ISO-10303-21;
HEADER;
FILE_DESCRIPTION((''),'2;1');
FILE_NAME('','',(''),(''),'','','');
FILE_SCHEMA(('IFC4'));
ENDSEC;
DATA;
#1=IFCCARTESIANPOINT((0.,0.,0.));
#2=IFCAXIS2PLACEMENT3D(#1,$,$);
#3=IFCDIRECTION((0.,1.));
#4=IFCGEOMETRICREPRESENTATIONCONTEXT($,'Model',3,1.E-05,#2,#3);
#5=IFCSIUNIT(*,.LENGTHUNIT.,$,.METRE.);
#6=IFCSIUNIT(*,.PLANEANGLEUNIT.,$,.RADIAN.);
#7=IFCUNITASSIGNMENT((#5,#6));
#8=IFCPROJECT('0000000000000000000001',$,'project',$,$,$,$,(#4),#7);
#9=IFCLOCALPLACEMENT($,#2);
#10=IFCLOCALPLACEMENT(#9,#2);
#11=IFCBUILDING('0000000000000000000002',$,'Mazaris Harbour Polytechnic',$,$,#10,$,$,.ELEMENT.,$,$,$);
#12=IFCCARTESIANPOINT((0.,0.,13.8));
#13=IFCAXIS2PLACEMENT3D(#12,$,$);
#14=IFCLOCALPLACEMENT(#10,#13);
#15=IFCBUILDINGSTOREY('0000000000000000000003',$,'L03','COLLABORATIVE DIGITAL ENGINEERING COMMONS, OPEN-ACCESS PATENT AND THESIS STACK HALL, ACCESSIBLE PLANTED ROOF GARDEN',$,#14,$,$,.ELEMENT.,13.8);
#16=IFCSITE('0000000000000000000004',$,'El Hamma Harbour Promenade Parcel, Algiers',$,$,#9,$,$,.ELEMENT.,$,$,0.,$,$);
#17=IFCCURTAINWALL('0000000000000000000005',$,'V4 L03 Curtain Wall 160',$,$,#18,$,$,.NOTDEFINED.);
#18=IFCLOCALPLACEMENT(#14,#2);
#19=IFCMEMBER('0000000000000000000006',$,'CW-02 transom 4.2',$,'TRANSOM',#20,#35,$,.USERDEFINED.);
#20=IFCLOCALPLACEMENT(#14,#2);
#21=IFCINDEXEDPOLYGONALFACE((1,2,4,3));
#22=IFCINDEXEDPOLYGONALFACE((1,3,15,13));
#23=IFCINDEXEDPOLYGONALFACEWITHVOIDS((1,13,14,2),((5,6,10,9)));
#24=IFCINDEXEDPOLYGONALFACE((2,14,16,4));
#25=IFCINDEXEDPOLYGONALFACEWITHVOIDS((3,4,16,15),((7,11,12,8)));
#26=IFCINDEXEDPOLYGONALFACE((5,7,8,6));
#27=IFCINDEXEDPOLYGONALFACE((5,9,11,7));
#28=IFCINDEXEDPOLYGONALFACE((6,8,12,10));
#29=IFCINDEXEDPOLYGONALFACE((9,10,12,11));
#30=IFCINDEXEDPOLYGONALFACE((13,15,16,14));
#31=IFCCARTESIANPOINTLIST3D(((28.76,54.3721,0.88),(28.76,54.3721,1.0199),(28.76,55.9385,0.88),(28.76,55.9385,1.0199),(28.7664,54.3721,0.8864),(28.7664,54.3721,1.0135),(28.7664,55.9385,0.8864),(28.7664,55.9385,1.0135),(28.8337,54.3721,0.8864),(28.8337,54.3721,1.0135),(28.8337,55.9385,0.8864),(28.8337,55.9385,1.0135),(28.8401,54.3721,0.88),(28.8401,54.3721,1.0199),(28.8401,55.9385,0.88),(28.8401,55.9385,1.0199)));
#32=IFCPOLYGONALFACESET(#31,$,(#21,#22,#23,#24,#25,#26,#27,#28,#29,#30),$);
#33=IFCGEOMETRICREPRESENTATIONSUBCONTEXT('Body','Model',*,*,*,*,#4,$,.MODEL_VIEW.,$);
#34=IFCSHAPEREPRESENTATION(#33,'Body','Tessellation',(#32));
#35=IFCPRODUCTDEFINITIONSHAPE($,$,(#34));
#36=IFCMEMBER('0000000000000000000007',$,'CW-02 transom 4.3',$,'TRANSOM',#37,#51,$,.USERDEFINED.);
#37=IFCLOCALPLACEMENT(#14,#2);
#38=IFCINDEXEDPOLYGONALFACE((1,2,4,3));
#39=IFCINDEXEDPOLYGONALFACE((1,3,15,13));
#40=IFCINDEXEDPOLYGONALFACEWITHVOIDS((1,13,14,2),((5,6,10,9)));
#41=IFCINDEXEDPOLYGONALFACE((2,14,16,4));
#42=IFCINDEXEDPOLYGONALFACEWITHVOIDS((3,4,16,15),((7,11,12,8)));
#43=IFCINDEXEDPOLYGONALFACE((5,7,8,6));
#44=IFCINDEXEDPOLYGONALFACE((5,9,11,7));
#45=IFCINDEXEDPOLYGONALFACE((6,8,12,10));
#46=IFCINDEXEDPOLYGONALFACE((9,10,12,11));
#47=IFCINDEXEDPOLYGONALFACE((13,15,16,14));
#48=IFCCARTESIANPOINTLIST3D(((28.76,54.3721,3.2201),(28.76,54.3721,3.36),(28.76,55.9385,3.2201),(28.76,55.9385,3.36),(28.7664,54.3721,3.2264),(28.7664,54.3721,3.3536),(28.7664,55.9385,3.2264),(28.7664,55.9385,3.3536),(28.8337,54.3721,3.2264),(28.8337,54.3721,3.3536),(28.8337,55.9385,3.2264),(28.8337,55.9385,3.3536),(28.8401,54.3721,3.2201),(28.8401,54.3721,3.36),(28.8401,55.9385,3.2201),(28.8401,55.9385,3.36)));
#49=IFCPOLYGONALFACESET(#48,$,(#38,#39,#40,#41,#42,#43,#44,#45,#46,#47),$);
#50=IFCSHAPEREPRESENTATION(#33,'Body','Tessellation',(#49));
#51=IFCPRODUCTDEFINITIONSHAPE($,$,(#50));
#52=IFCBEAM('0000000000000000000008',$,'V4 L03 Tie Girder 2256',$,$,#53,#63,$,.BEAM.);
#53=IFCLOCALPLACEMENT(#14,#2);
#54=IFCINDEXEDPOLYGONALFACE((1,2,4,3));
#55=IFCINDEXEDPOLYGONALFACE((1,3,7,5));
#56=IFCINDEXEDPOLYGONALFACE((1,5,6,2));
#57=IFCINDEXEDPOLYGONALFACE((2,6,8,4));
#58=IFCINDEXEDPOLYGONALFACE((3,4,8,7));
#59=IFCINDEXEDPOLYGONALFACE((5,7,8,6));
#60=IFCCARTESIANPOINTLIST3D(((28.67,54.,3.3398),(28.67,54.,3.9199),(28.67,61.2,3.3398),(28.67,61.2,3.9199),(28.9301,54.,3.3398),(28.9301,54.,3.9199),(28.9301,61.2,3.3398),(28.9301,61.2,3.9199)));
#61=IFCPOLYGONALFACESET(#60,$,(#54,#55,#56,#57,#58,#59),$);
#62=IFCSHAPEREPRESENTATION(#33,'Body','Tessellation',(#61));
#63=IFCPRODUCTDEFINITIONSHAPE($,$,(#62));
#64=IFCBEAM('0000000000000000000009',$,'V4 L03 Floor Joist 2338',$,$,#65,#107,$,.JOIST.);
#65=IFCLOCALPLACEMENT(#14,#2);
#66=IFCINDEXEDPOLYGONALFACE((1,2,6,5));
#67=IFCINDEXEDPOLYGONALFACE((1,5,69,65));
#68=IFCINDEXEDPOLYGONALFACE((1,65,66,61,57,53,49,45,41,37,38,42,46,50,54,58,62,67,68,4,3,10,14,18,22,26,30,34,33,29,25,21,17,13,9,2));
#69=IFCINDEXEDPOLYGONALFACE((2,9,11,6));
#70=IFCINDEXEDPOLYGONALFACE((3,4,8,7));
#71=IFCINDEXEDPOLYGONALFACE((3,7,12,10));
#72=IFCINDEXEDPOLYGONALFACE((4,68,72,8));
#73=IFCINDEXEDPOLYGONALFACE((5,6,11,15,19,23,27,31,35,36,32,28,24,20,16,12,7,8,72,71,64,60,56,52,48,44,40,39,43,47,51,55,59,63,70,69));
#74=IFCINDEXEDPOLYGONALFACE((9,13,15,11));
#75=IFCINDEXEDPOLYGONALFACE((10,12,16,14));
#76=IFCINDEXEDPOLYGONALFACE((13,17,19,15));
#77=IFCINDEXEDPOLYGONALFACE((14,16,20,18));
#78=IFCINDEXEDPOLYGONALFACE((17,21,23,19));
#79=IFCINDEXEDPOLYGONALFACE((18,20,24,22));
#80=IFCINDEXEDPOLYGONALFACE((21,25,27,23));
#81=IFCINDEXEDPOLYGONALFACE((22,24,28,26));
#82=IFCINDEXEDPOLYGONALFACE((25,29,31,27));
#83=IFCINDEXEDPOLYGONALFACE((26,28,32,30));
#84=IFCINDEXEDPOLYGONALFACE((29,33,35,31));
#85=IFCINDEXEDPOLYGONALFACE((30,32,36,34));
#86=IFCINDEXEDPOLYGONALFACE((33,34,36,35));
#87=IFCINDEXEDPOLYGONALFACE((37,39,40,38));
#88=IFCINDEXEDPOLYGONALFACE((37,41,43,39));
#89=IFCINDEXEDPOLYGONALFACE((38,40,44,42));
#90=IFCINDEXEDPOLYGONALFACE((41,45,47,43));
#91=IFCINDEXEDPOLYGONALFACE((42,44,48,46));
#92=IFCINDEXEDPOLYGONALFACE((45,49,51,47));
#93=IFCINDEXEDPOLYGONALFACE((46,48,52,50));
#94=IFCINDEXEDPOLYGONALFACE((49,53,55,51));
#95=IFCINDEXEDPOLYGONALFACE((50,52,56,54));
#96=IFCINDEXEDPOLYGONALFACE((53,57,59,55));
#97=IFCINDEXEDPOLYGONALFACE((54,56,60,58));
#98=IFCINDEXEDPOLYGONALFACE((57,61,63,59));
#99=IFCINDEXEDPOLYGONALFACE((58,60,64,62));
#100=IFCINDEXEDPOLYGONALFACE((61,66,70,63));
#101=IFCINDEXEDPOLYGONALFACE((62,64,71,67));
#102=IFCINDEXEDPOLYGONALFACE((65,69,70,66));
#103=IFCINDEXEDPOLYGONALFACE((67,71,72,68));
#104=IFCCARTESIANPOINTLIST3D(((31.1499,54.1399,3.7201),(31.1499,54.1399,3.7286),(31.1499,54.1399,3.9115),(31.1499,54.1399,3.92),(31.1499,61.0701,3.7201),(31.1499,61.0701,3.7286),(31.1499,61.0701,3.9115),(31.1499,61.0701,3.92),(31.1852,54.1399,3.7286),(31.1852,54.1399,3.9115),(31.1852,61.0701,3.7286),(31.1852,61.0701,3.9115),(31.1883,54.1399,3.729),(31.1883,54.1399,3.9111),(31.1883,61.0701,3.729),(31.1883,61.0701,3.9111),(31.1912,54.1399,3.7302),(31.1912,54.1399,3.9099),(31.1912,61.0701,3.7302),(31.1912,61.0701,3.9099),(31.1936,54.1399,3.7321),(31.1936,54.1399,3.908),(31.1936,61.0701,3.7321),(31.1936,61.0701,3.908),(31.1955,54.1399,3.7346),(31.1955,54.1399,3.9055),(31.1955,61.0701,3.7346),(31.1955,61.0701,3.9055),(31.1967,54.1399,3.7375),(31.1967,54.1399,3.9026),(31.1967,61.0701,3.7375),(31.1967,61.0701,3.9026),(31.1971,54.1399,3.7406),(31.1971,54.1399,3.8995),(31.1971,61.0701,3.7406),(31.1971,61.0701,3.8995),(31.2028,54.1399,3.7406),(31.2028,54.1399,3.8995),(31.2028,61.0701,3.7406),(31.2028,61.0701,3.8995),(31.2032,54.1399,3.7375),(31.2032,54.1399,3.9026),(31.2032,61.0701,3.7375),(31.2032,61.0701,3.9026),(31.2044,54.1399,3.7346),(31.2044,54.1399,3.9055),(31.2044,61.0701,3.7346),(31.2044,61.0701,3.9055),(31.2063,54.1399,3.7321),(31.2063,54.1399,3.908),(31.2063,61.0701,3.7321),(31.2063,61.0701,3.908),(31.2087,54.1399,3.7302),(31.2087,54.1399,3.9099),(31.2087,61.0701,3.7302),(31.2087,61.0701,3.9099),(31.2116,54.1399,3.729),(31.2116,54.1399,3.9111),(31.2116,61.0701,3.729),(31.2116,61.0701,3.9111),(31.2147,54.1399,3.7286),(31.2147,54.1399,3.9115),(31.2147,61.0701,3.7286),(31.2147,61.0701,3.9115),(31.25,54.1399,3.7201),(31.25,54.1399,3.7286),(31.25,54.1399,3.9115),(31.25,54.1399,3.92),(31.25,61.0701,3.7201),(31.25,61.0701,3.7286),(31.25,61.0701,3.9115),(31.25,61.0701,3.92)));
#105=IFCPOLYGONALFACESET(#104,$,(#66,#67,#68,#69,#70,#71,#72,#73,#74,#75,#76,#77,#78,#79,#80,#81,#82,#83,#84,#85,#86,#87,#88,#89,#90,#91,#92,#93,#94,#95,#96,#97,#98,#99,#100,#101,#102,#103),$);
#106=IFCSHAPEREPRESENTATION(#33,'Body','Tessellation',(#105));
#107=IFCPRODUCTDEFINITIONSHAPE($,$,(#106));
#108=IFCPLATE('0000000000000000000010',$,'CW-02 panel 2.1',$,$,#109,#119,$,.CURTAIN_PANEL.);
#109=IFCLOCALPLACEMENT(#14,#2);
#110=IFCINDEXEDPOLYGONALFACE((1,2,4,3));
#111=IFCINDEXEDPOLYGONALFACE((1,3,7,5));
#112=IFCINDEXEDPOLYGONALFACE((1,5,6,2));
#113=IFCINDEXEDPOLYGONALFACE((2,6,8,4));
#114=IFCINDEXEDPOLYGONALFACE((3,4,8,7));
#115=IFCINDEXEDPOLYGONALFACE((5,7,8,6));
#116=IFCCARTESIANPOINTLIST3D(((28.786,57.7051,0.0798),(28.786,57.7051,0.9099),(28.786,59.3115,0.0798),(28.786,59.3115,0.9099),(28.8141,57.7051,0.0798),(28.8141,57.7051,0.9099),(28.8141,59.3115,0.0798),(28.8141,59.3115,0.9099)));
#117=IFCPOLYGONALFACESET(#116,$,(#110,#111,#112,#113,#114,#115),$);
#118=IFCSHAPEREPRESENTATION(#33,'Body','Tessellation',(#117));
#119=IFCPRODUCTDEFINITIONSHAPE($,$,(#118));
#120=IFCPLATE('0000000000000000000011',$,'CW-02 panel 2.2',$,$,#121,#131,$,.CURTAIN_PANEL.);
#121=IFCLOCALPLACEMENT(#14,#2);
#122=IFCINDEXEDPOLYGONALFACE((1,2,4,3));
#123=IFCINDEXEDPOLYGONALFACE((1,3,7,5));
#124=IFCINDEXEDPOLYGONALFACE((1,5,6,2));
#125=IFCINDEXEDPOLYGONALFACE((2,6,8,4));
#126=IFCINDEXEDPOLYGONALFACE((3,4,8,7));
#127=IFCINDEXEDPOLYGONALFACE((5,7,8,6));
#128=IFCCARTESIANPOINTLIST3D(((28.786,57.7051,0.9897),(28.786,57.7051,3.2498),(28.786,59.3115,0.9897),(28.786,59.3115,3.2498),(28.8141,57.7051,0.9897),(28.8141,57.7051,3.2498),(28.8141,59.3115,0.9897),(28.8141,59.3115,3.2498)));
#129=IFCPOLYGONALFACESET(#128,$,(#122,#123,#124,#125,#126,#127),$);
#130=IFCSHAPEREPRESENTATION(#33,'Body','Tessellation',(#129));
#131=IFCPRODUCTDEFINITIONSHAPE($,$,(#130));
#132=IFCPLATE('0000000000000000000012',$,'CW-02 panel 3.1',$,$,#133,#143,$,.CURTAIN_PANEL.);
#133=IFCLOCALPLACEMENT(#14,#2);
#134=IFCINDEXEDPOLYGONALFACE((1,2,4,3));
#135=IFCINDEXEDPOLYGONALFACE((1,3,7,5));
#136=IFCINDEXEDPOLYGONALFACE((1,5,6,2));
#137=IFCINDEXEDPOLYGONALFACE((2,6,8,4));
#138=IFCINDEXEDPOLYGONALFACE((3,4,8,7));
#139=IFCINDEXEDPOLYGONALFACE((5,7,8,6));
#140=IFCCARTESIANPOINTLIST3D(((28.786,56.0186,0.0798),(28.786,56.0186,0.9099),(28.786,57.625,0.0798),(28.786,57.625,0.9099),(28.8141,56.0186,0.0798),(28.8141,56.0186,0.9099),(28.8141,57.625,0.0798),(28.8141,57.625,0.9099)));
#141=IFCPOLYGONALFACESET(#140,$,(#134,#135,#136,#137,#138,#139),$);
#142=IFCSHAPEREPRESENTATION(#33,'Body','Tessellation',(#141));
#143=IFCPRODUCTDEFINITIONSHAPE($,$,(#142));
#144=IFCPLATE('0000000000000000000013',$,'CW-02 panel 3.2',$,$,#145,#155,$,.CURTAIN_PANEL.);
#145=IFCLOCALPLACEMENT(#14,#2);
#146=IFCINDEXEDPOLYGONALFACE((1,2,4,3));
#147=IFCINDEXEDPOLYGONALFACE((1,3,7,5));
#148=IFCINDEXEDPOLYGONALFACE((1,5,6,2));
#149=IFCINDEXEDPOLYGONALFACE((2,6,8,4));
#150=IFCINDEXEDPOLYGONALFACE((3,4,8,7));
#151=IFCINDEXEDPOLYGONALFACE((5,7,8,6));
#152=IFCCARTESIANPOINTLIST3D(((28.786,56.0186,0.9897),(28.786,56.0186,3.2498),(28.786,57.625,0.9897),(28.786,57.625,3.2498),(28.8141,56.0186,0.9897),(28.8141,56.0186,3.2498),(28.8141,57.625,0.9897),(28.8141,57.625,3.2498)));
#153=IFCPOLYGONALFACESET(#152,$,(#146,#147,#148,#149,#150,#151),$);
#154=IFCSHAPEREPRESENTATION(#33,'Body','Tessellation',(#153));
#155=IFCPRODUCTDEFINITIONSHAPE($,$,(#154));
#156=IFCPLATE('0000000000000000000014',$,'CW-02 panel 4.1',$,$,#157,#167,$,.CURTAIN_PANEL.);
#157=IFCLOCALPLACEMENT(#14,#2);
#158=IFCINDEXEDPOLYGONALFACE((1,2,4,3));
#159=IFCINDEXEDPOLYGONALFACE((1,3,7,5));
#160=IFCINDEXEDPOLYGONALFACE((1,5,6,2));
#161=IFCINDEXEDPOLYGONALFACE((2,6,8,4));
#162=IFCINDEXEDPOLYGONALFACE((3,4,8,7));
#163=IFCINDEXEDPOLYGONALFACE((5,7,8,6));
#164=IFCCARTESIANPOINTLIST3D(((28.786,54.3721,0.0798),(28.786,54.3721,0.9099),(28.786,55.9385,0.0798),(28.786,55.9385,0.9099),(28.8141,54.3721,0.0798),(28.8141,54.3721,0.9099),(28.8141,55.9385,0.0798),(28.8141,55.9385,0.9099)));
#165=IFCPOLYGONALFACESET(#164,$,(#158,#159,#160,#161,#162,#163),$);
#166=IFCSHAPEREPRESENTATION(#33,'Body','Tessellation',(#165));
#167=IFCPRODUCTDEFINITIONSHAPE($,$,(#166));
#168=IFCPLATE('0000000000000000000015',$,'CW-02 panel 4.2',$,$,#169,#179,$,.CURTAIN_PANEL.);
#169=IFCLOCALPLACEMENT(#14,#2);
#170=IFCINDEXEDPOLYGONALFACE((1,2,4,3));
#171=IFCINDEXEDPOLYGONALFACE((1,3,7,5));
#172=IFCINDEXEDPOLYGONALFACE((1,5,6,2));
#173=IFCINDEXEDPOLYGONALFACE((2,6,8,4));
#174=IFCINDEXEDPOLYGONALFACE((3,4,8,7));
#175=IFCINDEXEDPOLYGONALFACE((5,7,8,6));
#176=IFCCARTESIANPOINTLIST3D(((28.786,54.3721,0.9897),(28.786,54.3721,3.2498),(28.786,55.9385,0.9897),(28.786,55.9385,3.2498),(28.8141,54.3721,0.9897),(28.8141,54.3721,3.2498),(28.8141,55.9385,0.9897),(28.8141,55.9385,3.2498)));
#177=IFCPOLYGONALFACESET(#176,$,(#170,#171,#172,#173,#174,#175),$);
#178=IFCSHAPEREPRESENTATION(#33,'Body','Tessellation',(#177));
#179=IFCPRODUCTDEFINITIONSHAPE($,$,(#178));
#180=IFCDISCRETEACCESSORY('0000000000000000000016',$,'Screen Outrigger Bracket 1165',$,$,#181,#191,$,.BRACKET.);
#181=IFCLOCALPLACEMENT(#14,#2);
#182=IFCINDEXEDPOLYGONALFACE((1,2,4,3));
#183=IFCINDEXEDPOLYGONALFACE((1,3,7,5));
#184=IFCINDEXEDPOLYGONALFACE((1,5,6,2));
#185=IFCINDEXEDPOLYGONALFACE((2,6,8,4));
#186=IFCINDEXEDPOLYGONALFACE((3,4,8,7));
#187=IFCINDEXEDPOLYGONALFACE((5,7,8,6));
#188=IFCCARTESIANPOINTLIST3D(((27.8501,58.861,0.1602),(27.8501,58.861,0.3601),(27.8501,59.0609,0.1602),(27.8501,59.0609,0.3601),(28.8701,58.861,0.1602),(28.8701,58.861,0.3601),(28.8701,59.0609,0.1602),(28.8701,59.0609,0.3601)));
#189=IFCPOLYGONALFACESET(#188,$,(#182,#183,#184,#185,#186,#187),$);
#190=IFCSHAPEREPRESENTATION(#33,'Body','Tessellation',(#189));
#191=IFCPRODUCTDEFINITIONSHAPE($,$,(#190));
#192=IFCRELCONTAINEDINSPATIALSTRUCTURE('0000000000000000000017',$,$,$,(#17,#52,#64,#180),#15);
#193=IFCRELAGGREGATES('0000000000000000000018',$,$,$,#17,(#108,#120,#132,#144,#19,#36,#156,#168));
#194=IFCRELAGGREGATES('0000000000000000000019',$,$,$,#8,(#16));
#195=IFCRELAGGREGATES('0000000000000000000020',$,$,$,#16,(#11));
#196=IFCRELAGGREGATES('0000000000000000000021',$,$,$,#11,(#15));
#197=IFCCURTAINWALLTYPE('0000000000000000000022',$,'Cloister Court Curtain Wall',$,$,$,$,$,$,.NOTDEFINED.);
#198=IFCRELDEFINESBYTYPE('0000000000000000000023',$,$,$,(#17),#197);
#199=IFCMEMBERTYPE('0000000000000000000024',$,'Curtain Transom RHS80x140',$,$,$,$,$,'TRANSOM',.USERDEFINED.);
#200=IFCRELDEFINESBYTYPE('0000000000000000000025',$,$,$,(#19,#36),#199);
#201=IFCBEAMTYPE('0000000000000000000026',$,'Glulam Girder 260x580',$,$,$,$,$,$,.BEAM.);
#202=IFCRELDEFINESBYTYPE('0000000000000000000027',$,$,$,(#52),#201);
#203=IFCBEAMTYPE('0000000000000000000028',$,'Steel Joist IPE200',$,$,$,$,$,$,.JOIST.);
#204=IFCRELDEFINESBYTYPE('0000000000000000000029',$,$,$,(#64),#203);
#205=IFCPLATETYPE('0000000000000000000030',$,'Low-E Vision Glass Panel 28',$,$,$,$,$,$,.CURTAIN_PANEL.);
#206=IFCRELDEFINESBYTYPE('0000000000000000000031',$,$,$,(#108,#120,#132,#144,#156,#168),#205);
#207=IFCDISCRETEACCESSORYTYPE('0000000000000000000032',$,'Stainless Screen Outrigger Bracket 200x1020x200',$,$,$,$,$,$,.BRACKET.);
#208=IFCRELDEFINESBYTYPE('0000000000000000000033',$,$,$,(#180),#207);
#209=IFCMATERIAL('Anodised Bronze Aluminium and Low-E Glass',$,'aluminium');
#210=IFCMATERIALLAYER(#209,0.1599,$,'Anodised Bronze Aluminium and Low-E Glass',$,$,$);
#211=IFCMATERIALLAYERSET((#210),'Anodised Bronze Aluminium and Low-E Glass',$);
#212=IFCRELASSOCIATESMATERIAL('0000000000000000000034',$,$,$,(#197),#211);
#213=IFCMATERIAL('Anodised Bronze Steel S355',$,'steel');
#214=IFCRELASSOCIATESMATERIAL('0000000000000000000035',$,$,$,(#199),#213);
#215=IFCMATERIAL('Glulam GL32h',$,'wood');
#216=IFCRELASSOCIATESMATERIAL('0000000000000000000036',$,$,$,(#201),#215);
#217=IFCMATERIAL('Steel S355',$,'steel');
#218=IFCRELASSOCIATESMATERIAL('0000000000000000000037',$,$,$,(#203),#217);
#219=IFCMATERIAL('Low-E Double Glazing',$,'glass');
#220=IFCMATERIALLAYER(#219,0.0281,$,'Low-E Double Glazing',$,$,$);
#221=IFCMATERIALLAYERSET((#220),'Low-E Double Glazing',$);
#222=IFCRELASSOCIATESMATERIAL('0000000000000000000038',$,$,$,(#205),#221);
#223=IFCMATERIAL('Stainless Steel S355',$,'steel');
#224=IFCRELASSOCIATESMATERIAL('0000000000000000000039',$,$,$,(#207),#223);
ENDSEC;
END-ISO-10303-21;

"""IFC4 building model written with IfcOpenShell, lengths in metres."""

from ifc_helpers import new_model, si_unit, direction, frame, origin, origin_2d, place, context, subcontext, project, spatial, rectangle, hollow_rectangle, i_section, extrude, material, layer, layer_set, material_profile, profile_set, type_object, element, aggregate, save


model = new_model("IFC4")

# Units and contexts
model_context = context("Model", 3, precision=1e-05, world=origin(), true_north=direction((0.0, 1.0)))
body_context = subcontext(model_context, "Body", "Model", "MODEL_VIEW")
ifc_project = project(units=[si_unit("LENGTHUNIT", "METRE"), si_unit("PLANEANGLEUNIT", "RADIAN")], contexts=[model_context])

# Site, building, storey
site_placement = place(None, origin())
site = spatial("IfcSite", under=ifc_project, at=site_placement, Name="El Hamma Harbour Promenade Parcel, Algiers", CompositionType="ELEMENT", RefElevation=0.0)
building_placement = place(site_placement, origin())
building = spatial("IfcBuilding", under=site, at=building_placement, Name="Mazaris Harbour Polytechnic", CompositionType="ELEMENT")
storey_placement = place(building_placement, frame((0.0, 0.0, 13.8)))
storey = spatial("IfcBuildingStorey", under=building, at=storey_placement, Name="L03", Description="COLLABORATIVE DIGITAL ENGINEERING COMMONS, OPEN-ACCESS PATENT AND THESIS STACK HALL, ACCESSIBLE PLANTED ROOF GARDEN", CompositionType="ELEMENT", Elevation=13.8)

# Curtain wall, members
ifc_material_1 = material(Name="Anodised Bronze Aluminium and Low-E Glass", Category="aluminium")
ifc_layer_1 = layer(ifc_material_1, 0.1599, Name="Anodised Bronze Aluminium and Low-E Glass")
ifc_layer_set_1 = layer_set([ifc_layer_1], Name="Anodised Bronze Aluminium and Low-E Glass")
curtain_wall_type = type_object("IfcCurtainWallType", Name="Cloister Court Curtain Wall", PredefinedType="NOTDEFINED", material=ifc_layer_set_1)
curtain_wall_placement = place(storey_placement, origin())
curtain_wall = element("IfcCurtainWall", 1, at=curtain_wall_placement, inside=storey, type_object=curtain_wall_type, Name="V4 L03 Curtain Wall 160", PredefinedType="NOTDEFINED")
ifc_material_2 = material(Name="Anodised Bronze Steel S355", Category="steel")
ifc_material_profile_1 = material_profile(ifc_material_2, hollow_rectangle(XDim=0.0801, YDim=0.1399, WallThickness=0.0063, at=origin_2d()), Name="RHS 80x140x6.3")
ifc_profile_set_1 = profile_set([ifc_material_profile_1], Name="Anodised Bronze Steel S355")
member_type_1 = type_object("IfcMemberType", Name="Curtain Transom RHS80x140", ElementType="TRANSOM", PredefinedType="USERDEFINED", material=ifc_profile_set_1)
member_1_placement = place(storey_placement, frame((28.8, 55.9385, 0.95), z_axis=(0.0, -1.0, 0.0), x_axis=(1.0, 0.0, 0.0)))
member_1 = element("IfcMember", 2, at=member_1_placement, type_object=member_type_1, Name="CW-02 transom 4.2", ObjectType="TRANSOM", PredefinedType="USERDEFINED", context=body_context, shape_type="SweptSolid", body=[
    extrude(hollow_rectangle(XDim=0.0801, YDim=0.1399, WallThickness=0.0063, at=origin_2d()), origin(), (0.0, 0.0, 1.0), 1.5664),
])
member_2_placement = place(storey_placement, frame((28.8, 55.9385, 3.29), z_axis=(0.0, -1.0, 0.0), x_axis=(1.0, 0.0, 0.0)))
member_2 = element("IfcMember", 3, at=member_2_placement, type_object=member_type_1, Name="CW-02 transom 4.3", ObjectType="TRANSOM", PredefinedType="USERDEFINED", context=body_context, shape_type="SweptSolid", body=[
    extrude(hollow_rectangle(XDim=0.0801, YDim=0.1399, WallThickness=0.0063, at=origin_2d()), origin(), (0.0, 0.0, 1.0), 1.5664),
])

# Beams
ifc_material_3 = material(Name="Glulam GL32h", Category="wood")
ifc_material_profile_2 = material_profile(ifc_material_3, rectangle(XDim=0.26, YDim=0.5801, at=origin_2d()), Name="RECT260x580")
ifc_profile_set_2 = profile_set([ifc_material_profile_2], Name="Glulam GL32h")
beam_type_1 = type_object("IfcBeamType", Name="Glulam Girder 260x580", PredefinedType="BEAM", material=ifc_profile_set_2)
beam_1_placement = place(storey_placement, frame((28.8, 54.0, 3.6299), z_axis=(0.0, 1.0, 0.0), x_axis=(-1.0, 0.0, 0.0)))
element("IfcBeam", 4, at=beam_1_placement, inside=storey, type_object=beam_type_1, Name="V4 L03 Tie Girder 2256", PredefinedType="BEAM", context=body_context, shape_type="SweptSolid", body=[
    extrude(rectangle(XDim=0.26, YDim=0.5801, at=origin_2d()), origin(), (0.0, 0.0, 1.0), 7.2),
])
ifc_material_4 = material(Name="Steel S355", Category="steel")
ifc_material_profile_3 = material_profile(ifc_material_4, i_section(OverallWidth=0.1001, OverallDepth=0.2, WebThickness=0.0056, FlangeThickness=0.0085, FilletRadius=0.012, at=origin_2d()), Name="IPE 200")
ifc_profile_set_3 = profile_set([ifc_material_profile_3], Name="Steel S355")
beam_type_2 = type_object("IfcBeamType", Name="Steel Joist IPE200", PredefinedType="JOIST", material=ifc_profile_set_3)
beam_2_placement = place(storey_placement, frame((31.2, 54.1399, 3.8201), z_axis=(0.0, 1.0, 0.0), x_axis=(-1.0, 0.0, 0.0)))
element("IfcBeam", 5, at=beam_2_placement, inside=storey, type_object=beam_type_2, Name="V4 L03 Floor Joist 2338", PredefinedType="JOIST", context=body_context, shape_type="SweptSolid", body=[
    extrude(i_section(OverallWidth=0.1001, OverallDepth=0.2, WebThickness=0.0056, FlangeThickness=0.0085, FilletRadius=0.012, at=origin_2d()), origin(), (0.0, 0.0, 1.0), 6.9302),
])

# Plates
ifc_material_5 = material(Name="Low-E Double Glazing", Category="glass")
ifc_layer_2 = layer(ifc_material_5, 0.0281, Name="Low-E Double Glazing")
ifc_layer_set_2 = layer_set([ifc_layer_2], Name="Low-E Double Glazing")
plate_type = type_object("IfcPlateType", Name="Low-E Vision Glass Panel 28", PredefinedType="CURTAIN_PANEL", material=ifc_layer_set_2)
plate_1_placement = place(storey_placement, frame((28.8, 58.5083, 0.0798), z_axis=(0.0, 0.0, 1.0), x_axis=(0.0, -1.0, 0.0)))
plate_1 = element("IfcPlate", 6, at=plate_1_placement, type_object=plate_type, Name="CW-02 panel 2.1", PredefinedType="CURTAIN_PANEL", context=body_context, shape_type="SweptSolid", body=[
    extrude(rectangle(XDim=1.6064, YDim=0.0281, at=origin_2d()), origin(), (0.0, 0.0, 1.0), 0.8301),
])
plate_2_placement = place(storey_placement, frame((28.8, 58.5083, 0.9897), z_axis=(0.0, 0.0, 1.0), x_axis=(0.0, -1.0, 0.0)))
plate_2 = element("IfcPlate", 7, at=plate_2_placement, type_object=plate_type, Name="CW-02 panel 2.2", PredefinedType="CURTAIN_PANEL", context=body_context, shape_type="SweptSolid", body=[
    extrude(rectangle(XDim=1.6064, YDim=0.0281, at=origin_2d()), origin(), (0.0, 0.0, 1.0), 2.26),
])
plate_3_placement = place(storey_placement, frame((28.8, 56.8218, 0.0798), z_axis=(0.0, 0.0, 1.0), x_axis=(0.0, -1.0, 0.0)))
plate_3 = element("IfcPlate", 8, at=plate_3_placement, type_object=plate_type, Name="CW-02 panel 3.1", PredefinedType="CURTAIN_PANEL", context=body_context, shape_type="SweptSolid", body=[
    extrude(rectangle(XDim=1.6064, YDim=0.0281, at=origin_2d()), origin(), (0.0, 0.0, 1.0), 0.8301),
])
plate_4_placement = place(storey_placement, frame((28.8, 56.8218, 0.9897), z_axis=(0.0, 0.0, 1.0), x_axis=(0.0, -1.0, 0.0)))
plate_4 = element("IfcPlate", 9, at=plate_4_placement, type_object=plate_type, Name="CW-02 panel 3.2", PredefinedType="CURTAIN_PANEL", context=body_context, shape_type="SweptSolid", body=[
    extrude(rectangle(XDim=1.6064, YDim=0.0281, at=origin_2d()), origin(), (0.0, 0.0, 1.0), 2.26),
])
plate_5_placement = place(storey_placement, frame((28.8, 55.1553, 0.0798), z_axis=(0.0, 0.0, 1.0), x_axis=(0.0, -1.0, 0.0)))
plate_5 = element("IfcPlate", 10, at=plate_5_placement, type_object=plate_type, Name="CW-02 panel 4.1", PredefinedType="CURTAIN_PANEL", context=body_context, shape_type="SweptSolid", body=[
    extrude(rectangle(XDim=1.5664, YDim=0.0281, at=origin_2d()), origin(), (0.0, 0.0, 1.0), 0.8301),
])
plate_6_placement = place(storey_placement, frame((28.8, 55.1553, 0.9897), z_axis=(0.0, 0.0, 1.0), x_axis=(0.0, -1.0, 0.0)))
plate_6 = element("IfcPlate", 11, at=plate_6_placement, type_object=plate_type, Name="CW-02 panel 4.2", PredefinedType="CURTAIN_PANEL", context=body_context, shape_type="SweptSolid", body=[
    extrude(rectangle(XDim=1.5664, YDim=0.0281, at=origin_2d()), origin(), (0.0, 0.0, 1.0), 2.26),
])
aggregate(curtain_wall, [plate_1, plate_2, plate_3, plate_4, member_1, member_2, plate_5, plate_6])

# Discrete accessory
ifc_material_6 = material(Name="Stainless Steel S355", Category="steel")
discrete_accessory_type = type_object("IfcDiscreteAccessoryType", Name="Stainless Screen Outrigger Bracket 200x1020x200", PredefinedType="BRACKET", material=ifc_material_6)
for number, where, z_axis, x_axis, name in (
    (12, (28.3601, 58.9609, 0.1602), (0.0, 0.0, 1.0), (0.0, -1.0, 0.0), "Screen Outrigger Bracket 1165"),
):
    element("IfcDiscreteAccessory", number, at=place(storey_placement, frame(where, z_axis=z_axis, x_axis=x_axis)), inside=storey, type_object=discrete_accessory_type, Name=name, PredefinedType="BRACKET", context=body_context, shape_type="SweptSolid", body=[
        extrude(rectangle(XDim=0.2, YDim=1.02, at=origin_2d()), origin(), (0.0, 0.0, 1.0), 0.2),
    ])

save(model, "model.ifc")
